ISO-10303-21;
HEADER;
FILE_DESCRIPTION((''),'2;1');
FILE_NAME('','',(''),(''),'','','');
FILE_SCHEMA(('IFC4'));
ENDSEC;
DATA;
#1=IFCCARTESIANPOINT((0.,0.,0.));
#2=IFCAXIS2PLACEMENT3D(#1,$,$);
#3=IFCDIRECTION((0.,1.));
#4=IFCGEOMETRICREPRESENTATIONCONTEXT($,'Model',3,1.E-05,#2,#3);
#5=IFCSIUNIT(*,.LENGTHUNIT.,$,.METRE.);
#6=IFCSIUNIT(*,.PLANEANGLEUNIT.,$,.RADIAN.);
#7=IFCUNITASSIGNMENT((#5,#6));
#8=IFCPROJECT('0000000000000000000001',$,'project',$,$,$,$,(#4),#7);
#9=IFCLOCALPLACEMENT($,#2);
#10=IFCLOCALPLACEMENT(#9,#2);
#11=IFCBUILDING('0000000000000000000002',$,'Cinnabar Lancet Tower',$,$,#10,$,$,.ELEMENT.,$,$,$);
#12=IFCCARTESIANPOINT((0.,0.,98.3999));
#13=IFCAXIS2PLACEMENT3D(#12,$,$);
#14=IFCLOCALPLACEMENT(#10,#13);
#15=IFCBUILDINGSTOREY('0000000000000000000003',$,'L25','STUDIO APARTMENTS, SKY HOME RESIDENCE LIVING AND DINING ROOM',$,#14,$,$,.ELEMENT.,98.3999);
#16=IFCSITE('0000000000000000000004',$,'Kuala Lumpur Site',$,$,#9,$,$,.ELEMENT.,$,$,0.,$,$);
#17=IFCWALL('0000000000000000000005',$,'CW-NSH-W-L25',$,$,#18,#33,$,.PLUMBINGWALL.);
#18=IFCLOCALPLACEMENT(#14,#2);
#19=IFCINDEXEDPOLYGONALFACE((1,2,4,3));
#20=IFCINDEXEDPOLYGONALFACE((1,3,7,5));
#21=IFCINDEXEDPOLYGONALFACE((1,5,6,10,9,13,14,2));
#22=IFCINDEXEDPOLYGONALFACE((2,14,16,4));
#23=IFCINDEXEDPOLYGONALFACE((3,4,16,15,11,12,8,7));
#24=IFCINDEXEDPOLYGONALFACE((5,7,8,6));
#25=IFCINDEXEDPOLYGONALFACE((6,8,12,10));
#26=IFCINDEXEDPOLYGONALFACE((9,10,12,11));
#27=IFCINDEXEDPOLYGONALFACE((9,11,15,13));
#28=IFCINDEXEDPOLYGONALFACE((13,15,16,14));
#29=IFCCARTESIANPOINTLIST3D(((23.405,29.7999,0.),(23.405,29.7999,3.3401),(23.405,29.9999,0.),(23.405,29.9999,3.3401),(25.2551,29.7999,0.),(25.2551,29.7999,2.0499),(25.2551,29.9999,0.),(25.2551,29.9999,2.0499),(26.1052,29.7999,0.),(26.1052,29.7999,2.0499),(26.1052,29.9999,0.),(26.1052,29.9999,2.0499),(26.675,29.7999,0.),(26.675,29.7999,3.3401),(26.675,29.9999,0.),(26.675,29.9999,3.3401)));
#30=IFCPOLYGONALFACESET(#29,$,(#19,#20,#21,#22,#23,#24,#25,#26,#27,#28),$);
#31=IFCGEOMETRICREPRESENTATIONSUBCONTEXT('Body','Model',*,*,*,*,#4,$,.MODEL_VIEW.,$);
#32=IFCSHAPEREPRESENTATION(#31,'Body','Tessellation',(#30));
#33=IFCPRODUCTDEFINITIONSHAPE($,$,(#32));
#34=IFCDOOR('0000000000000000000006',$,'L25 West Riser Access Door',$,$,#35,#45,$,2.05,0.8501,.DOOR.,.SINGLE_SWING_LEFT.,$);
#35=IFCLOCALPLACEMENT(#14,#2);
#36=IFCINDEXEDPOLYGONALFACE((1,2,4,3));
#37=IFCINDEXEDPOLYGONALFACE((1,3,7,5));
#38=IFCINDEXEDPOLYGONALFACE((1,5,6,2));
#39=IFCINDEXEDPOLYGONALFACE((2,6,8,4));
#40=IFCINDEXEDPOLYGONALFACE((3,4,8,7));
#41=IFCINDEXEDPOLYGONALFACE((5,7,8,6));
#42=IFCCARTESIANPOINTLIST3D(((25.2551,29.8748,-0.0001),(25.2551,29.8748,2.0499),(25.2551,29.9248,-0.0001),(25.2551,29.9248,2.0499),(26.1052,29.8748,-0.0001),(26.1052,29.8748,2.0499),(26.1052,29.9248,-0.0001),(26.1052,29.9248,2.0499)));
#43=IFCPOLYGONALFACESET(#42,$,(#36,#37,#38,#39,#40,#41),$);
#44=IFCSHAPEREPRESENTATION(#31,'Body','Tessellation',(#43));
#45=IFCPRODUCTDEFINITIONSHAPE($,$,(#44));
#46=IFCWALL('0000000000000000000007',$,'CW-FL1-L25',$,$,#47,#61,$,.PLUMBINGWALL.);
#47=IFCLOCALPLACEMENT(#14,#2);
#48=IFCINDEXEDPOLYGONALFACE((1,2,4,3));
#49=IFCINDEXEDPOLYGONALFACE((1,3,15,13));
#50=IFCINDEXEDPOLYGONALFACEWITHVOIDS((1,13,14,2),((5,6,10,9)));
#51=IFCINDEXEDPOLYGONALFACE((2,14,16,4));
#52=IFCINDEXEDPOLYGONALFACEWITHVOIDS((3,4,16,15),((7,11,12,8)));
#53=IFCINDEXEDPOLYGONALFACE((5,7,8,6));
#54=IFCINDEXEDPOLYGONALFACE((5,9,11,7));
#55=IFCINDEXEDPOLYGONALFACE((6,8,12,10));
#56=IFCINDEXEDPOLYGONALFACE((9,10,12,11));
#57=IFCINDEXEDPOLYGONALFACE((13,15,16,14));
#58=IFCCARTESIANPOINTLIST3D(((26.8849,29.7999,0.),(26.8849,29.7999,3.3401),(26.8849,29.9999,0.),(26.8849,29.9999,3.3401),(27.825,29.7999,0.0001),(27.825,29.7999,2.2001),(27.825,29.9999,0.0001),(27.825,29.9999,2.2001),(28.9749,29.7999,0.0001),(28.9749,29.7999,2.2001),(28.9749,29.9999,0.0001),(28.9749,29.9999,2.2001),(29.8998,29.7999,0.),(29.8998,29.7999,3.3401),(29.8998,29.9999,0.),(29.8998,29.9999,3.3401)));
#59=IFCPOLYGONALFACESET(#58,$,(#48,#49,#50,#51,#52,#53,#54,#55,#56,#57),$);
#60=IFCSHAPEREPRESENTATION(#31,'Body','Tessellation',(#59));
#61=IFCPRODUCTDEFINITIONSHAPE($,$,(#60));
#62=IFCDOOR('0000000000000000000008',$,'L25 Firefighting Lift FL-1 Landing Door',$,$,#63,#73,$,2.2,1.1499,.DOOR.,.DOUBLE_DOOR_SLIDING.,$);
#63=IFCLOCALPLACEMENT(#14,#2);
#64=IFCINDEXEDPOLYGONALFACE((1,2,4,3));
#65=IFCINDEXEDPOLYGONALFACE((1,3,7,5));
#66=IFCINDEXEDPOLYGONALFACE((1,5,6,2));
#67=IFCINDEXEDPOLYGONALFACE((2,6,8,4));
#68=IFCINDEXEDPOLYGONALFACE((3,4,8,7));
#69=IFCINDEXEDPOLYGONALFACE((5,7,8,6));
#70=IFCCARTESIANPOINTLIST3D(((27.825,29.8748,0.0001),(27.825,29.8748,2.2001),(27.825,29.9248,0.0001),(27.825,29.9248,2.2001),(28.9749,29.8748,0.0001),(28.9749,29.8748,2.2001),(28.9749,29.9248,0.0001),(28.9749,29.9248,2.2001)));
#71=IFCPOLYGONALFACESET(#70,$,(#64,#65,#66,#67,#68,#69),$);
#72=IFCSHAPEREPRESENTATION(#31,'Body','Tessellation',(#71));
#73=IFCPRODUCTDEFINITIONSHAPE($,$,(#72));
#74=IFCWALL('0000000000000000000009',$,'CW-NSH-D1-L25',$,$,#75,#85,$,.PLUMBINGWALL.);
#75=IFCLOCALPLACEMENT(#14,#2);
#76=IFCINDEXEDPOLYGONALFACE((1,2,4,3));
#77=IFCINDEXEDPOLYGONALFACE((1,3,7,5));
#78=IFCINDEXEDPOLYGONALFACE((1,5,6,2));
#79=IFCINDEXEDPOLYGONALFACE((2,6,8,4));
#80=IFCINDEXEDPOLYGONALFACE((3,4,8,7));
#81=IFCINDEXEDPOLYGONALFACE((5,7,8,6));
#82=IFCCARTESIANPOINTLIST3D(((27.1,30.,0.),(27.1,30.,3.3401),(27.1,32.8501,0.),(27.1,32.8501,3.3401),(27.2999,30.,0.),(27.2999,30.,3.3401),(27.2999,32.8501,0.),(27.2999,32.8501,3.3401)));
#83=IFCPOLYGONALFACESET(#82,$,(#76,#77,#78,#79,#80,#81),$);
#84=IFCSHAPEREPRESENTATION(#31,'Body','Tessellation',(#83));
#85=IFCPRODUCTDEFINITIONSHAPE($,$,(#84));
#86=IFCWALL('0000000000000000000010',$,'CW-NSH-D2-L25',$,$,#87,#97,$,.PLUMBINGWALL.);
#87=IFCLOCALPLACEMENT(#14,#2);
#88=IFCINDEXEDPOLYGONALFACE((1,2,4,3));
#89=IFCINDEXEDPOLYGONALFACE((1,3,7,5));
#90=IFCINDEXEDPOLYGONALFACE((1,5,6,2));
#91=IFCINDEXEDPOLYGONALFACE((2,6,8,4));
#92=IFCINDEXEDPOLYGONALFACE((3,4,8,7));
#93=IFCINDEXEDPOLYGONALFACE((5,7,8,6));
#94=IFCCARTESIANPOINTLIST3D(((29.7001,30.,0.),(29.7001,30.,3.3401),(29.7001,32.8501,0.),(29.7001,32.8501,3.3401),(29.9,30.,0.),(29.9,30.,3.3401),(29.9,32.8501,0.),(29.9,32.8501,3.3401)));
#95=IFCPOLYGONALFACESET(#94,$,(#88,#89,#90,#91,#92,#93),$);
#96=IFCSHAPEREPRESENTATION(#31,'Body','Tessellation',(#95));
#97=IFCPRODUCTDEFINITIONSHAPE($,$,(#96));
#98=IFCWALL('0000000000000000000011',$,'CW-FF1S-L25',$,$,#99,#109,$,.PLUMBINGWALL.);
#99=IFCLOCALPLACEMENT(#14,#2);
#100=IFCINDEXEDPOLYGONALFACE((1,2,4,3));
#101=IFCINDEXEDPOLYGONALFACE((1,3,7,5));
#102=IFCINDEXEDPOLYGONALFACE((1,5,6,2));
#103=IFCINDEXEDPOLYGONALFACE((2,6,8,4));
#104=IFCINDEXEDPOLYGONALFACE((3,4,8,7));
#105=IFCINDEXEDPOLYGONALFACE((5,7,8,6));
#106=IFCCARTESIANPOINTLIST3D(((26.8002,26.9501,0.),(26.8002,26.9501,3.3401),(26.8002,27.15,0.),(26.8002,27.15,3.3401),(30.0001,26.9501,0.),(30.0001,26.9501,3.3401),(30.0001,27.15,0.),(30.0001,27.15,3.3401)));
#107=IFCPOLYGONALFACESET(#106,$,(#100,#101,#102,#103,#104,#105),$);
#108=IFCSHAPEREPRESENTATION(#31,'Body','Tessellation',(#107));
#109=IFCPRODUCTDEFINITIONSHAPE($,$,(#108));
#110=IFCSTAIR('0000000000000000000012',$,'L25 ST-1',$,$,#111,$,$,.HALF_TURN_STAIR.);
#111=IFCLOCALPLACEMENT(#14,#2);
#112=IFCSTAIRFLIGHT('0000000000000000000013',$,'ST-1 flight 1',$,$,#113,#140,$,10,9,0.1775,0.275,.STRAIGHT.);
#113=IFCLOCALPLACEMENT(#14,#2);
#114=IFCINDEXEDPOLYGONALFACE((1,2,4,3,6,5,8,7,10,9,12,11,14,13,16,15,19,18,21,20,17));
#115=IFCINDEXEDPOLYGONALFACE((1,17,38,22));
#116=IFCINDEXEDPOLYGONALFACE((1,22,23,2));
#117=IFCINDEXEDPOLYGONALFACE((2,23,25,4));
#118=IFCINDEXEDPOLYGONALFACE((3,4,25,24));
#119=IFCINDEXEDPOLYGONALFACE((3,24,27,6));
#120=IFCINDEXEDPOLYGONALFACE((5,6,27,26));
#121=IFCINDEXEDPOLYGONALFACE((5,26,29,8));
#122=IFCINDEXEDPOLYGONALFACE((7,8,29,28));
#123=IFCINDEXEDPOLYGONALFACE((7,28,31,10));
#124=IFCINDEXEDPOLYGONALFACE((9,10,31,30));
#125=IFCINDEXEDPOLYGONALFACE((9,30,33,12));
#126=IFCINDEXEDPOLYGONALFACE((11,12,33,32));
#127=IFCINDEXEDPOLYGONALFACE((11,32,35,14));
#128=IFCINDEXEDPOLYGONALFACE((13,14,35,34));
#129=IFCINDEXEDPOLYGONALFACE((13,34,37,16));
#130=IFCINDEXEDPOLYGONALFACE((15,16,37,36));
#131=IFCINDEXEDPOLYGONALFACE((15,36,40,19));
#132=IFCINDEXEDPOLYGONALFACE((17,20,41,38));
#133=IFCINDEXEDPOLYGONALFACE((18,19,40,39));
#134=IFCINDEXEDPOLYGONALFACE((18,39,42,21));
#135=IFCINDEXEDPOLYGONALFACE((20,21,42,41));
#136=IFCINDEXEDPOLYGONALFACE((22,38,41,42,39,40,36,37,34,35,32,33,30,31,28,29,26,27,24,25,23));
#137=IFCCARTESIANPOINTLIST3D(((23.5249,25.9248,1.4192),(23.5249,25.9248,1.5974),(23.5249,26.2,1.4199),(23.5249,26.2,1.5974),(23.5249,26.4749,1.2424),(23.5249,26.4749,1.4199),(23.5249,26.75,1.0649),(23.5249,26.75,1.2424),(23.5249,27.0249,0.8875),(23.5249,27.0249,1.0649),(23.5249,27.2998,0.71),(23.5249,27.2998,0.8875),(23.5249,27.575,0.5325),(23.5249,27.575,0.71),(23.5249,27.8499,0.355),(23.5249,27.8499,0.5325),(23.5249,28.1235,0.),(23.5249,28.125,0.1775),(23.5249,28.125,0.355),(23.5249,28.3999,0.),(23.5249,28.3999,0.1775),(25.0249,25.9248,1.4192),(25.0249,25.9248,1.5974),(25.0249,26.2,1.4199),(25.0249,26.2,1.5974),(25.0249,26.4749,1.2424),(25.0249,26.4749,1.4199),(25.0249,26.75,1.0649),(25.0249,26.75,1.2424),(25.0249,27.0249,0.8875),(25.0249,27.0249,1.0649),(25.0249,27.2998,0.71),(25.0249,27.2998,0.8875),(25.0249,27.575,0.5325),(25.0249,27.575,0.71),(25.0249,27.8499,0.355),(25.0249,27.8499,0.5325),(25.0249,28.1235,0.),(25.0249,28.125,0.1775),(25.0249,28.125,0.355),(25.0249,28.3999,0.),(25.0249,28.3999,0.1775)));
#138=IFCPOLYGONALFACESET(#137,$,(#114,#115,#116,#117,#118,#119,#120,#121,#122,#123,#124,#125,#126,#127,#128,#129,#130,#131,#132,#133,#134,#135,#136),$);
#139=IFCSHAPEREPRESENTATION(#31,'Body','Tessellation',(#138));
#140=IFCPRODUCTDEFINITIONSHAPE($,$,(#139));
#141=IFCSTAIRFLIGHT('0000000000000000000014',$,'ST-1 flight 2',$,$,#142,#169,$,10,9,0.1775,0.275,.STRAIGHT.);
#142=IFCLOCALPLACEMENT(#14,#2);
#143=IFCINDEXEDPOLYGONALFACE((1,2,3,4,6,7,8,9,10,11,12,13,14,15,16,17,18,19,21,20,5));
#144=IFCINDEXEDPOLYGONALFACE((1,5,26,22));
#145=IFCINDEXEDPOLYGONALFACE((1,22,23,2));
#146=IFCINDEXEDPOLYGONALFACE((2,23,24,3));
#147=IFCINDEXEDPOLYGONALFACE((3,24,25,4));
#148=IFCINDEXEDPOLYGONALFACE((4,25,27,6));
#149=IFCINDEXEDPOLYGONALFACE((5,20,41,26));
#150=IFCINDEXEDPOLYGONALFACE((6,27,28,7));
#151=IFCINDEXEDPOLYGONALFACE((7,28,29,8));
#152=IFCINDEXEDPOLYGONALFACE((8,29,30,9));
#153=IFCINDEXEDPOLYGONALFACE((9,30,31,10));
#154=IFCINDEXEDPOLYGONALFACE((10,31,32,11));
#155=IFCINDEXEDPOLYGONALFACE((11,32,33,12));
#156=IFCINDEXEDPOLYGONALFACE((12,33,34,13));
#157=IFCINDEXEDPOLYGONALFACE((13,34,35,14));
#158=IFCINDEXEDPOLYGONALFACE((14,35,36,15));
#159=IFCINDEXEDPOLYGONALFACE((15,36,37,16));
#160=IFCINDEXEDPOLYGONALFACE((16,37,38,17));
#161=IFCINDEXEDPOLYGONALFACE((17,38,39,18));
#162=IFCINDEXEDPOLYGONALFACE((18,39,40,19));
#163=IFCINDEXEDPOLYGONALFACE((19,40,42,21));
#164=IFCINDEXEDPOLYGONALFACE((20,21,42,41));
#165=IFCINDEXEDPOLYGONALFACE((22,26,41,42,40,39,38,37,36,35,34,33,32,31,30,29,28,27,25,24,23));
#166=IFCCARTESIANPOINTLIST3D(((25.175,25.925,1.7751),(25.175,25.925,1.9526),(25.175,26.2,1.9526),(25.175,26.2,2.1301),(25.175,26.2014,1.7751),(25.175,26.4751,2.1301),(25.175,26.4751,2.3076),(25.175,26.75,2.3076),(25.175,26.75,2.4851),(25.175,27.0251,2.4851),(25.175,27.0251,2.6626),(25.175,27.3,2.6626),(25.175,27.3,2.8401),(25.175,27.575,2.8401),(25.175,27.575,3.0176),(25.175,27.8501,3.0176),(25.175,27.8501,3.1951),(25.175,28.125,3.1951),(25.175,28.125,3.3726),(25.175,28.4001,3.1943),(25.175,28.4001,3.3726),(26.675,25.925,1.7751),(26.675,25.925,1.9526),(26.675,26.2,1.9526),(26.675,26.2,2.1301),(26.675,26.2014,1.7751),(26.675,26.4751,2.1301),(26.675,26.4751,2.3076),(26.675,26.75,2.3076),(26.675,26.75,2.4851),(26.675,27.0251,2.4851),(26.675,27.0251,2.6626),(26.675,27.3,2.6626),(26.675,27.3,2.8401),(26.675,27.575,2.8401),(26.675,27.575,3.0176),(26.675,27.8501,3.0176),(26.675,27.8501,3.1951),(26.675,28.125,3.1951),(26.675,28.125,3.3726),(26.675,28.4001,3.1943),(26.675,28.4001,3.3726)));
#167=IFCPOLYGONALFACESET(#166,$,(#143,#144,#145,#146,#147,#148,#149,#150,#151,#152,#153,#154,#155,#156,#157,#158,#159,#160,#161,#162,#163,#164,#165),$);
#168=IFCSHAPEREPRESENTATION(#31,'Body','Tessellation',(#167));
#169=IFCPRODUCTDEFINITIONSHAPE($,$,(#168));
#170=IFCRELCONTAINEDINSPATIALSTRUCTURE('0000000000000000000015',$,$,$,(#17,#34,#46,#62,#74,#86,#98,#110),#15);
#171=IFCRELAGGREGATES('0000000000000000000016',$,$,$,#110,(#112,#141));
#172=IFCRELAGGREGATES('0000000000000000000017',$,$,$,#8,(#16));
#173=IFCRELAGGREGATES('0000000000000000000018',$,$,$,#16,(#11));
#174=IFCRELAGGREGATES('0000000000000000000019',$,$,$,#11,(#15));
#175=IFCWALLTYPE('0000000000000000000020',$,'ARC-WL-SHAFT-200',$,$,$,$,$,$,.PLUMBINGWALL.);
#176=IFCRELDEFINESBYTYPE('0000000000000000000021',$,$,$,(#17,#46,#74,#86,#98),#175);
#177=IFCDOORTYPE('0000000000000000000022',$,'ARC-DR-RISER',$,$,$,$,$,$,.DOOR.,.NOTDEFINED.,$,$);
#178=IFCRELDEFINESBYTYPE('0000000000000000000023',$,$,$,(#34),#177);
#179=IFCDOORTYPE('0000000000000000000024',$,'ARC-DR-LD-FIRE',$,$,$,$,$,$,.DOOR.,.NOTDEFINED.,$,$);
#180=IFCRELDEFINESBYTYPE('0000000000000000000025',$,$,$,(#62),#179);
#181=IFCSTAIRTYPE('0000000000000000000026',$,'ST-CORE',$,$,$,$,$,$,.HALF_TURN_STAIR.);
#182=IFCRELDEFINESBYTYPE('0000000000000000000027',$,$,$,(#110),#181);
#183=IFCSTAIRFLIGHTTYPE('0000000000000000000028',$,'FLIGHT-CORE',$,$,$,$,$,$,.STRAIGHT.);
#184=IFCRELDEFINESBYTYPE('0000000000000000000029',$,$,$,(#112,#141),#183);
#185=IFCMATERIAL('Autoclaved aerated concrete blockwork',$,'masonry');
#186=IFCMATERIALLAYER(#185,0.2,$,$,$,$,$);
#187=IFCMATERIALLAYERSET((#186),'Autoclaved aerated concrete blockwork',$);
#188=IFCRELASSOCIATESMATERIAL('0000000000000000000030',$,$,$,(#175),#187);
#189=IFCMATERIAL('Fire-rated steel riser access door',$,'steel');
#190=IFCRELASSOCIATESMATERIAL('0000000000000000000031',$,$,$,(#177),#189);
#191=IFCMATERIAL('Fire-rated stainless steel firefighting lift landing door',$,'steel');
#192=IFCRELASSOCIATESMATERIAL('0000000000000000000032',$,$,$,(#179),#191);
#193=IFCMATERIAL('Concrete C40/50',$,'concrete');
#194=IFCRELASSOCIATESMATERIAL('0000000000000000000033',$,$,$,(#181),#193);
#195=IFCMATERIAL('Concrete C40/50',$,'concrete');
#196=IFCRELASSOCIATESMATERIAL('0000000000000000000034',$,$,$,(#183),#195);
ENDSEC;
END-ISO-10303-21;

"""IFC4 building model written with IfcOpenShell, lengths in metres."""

from ifc_helpers import new_model, si_unit, direction, frame, frame_2d, origin, place, context, subcontext, project, spatial, polyline, rectangle, outline, extrude, material, layer, layer_set, type_object, element, fill, aggregate, save


model = new_model("IFC4")

# Units and contexts
model_context = context("Model", 3, precision=1e-05, world=origin(), true_north=direction((0.0, 1.0)))
body_context = subcontext(model_context, "Body", "Model", "MODEL_VIEW")
ifc_project = project(units=[si_unit("LENGTHUNIT", "METRE"), si_unit("PLANEANGLEUNIT", "RADIAN")], contexts=[model_context])

# Site, building, storey
site_placement = place(None, origin())
site = spatial("IfcSite", under=ifc_project, at=site_placement, Name="Kuala Lumpur Site", CompositionType="ELEMENT", RefElevation=0.0)
building_placement = place(site_placement, origin())
building = spatial("IfcBuilding", under=site, at=building_placement, Name="Cinnabar Lancet Tower", CompositionType="ELEMENT")
storey_placement = place(building_placement, frame((0.0, 0.0, 98.3999)))
storey = spatial("IfcBuildingStorey", under=building, at=storey_placement, Name="L25", Description="STUDIO APARTMENTS, SKY HOME RESIDENCE LIVING AND DINING ROOM", CompositionType="ELEMENT", Elevation=98.3999)

# Walls, openings, doors
ifc_material_1 = material(Name="Autoclaved aerated concrete blockwork", Category="masonry")
ifc_layer_1 = layer(ifc_material_1, 0.2)
ifc_layer_set_1 = layer_set([ifc_layer_1], Name="Autoclaved aerated concrete blockwork")
wall_type_1 = type_object("IfcWallType", Name="ARC-WL-SHAFT-200", PredefinedType="PLUMBINGWALL", material=ifc_layer_set_1)
wall_1_placement = place(storey_placement, frame((23.405, 29.8999, 0.0), z_axis=(0.0, 0.0, 1.0), x_axis=(1.0, 0.0, 0.0)))
wall_1 = element("IfcWall", 1, at=wall_1_placement, inside=storey, type_object=wall_type_1, Name="CW-NSH-W-L25", PredefinedType="PLUMBINGWALL", context=body_context, shape_type="SweptSolid", body=[
    extrude(rectangle(XDim=3.27, YDim=0.2, at=frame_2d((1.635, 0.0))), origin(), (0.0, 0.0, 1.0), 3.3401),
])
opening_1_placement = place(wall_1_placement, frame((1.8501, 0.0, 0.0)))
opening_1 = element("IfcOpeningElement", 2, at=opening_1_placement, cuts=wall_1, PredefinedType="OPENING", context=body_context, shape_type="SweptSolid", body=[
    extrude(rectangle(XDim=0.8501, YDim=2.05, at=frame_2d((0.425, 1.0249))), frame((0.0, 0.1099, 0.0), z_axis=(0.0, -1.0, 0.0), x_axis=(1.0, 0.0, 0.0)), (0.0, 0.0, 1.0), 0.22),
])
ifc_material_2 = material(Name="Fire-rated steel riser access door", Category="steel")
door_type_1 = type_object("IfcDoorType", Name="ARC-DR-RISER", OperationType="NOTDEFINED", PredefinedType="DOOR", material=ifc_material_2)
door_1_placement = place(opening_1_placement, origin())
door_1 = element("IfcDoor", 3, at=door_1_placement, inside=storey, type_object=door_type_1, Name="L25 West Riser Access Door", OperationType="SINGLE_SWING_LEFT", OverallHeight=2.05, OverallWidth=0.8501, PredefinedType="DOOR", context=body_context, shape_type="SweptSolid", body=[
    extrude(rectangle(XDim=0.8501, YDim=2.05, at=frame_2d((0.425, 1.0249))), frame((0.0, 0.0249, 0.0), z_axis=(0.0, -1.0, 0.0), x_axis=(1.0, 0.0, 0.0)), (0.0, 0.0, 1.0), 0.05),
])
fill(opening_1, door_1)
wall_2_placement = place(storey_placement, frame((26.885, 29.8999, 0.0), z_axis=(0.0, 0.0, 1.0), x_axis=(1.0, 0.0, 0.0)))
wall_2 = element("IfcWall", 4, at=wall_2_placement, inside=storey, type_object=wall_type_1, Name="CW-FL1-L25", PredefinedType="PLUMBINGWALL", context=body_context, shape_type="SweptSolid", body=[
    extrude(rectangle(XDim=3.0149, YDim=0.2, at=frame_2d((1.5073, 0.0))), origin(), (0.0, 0.0, 1.0), 3.3401),
])
opening_2_placement = place(wall_2_placement, frame((0.9399, 0.0, 0.0)))
opening_2 = element("IfcOpeningElement", 5, at=opening_2_placement, cuts=wall_2, PredefinedType="OPENING", context=body_context, shape_type="SweptSolid", body=[
    extrude(rectangle(XDim=1.1499, YDim=2.2, at=frame_2d((0.575, 1.1001))), frame((0.0, 0.1099, 0.0), z_axis=(0.0, -1.0, 0.0), x_axis=(1.0, 0.0, 0.0)), (0.0, 0.0, 1.0), 0.22),
])
ifc_material_3 = material(Name="Fire-rated stainless steel firefighting lift landing door", Category="steel")
door_type_2 = type_object("IfcDoorType", Name="ARC-DR-LD-FIRE", OperationType="NOTDEFINED", PredefinedType="DOOR", material=ifc_material_3)
door_2_placement = place(opening_2_placement, origin())
door_2 = element("IfcDoor", 6, at=door_2_placement, inside=storey, type_object=door_type_2, Name="L25 Firefighting Lift FL-1 Landing Door", OperationType="DOUBLE_DOOR_SLIDING", OverallHeight=2.2, OverallWidth=1.1499, PredefinedType="DOOR", context=body_context, shape_type="SweptSolid", body=[
    extrude(rectangle(XDim=1.1499, YDim=2.2, at=frame_2d((0.575, 1.1001))), frame((0.0, 0.0249, 0.0), z_axis=(0.0, -1.0, 0.0), x_axis=(1.0, 0.0, 0.0)), (0.0, 0.0, 1.0), 0.05),
])
fill(opening_2, door_2)

# Walls
for number, where, z_axis, x_axis, name in (
    (7, (27.2, 30.0, 0.0), (0.0, 0.0, 1.0), (0.0, 1.0, 0.0), "CW-NSH-D1-L25"),
    (8, (29.8, 30.0, 0.0), (0.0, 0.0, 1.0), (0.0, 1.0, 0.0), "CW-NSH-D2-L25"),
):
    element("IfcWall", number, at=place(storey_placement, frame(where, z_axis=z_axis, x_axis=x_axis)), inside=storey, type_object=wall_type_1, Name=name, PredefinedType="PLUMBINGWALL", context=body_context, shape_type="SweptSolid", body=[
        extrude(rectangle(XDim=2.8501, YDim=0.2, at=frame_2d((1.425, 0.0))), origin(), (0.0, 0.0, 1.0), 3.3401),
    ])
wall_3_placement = place(storey_placement, frame((26.8, 27.05, 0.0), z_axis=(0.0, 0.0, 1.0), x_axis=(1.0, 0.0, 0.0)))
element("IfcWall", 9, at=wall_3_placement, inside=storey, type_object=wall_type_1, Name="CW-FF1S-L25", PredefinedType="PLUMBINGWALL", context=body_context, shape_type="SweptSolid", body=[
    extrude(rectangle(XDim=3.2, YDim=0.2, at=frame_2d((1.6001, 0.0))), origin(), (0.0, 0.0, 1.0), 3.3401),
])

# Stair, stair flights
ifc_material_4 = material(Name="Concrete C40/50", Category="concrete")
stair_type = type_object("IfcStairType", Name="ST-CORE", PredefinedType="HALF_TURN_STAIR", material=ifc_material_4)
stair_placement = place(storey_placement, origin())
stair = element("IfcStair", 10, at=stair_placement, inside=storey, type_object=stair_type, Name="L25 ST-1", PredefinedType="HALF_TURN_STAIR")
ifc_material_5 = material(Name="Concrete C40/50", Category="concrete")
stair_flight_type = type_object("IfcStairFlightType", Name="FLIGHT-CORE", PredefinedType="STRAIGHT", material=ifc_material_5)
stair_flight_1_placement = place(storey_placement, frame((24.2749, 28.3999, 0.0), z_axis=(0.0, 0.0, 1.0), x_axis=(0.0, -1.0, 0.0)))
stair_flight_1 = element("IfcStairFlight", 11, at=stair_flight_1_placement, type_object=stair_flight_type, Name="ST-1 flight 1", NumberOfRisers=10, NumberOfTreads=9, PredefinedType="STRAIGHT", RiserHeight=0.1775, TreadLength=0.275, context=body_context, shape_type="SweptSolid", body=[
    extrude(outline(polyline([(0.0, 0.0), (0.0, 0.1775), (0.2749, 0.1775), (0.2749, 0.355), (0.55, 0.355), (0.55, 0.5325), (0.825, 0.5325), (0.825, 0.71), (1.1001, 0.71), (1.1001, 0.8875), (1.375, 0.8875), (1.375, 1.0649), (1.6499, 1.0649), (1.6499, 1.2424), (1.925, 1.2424), (1.925, 1.4199), (2.2, 1.4199), (2.2, 1.5974), (2.4751, 1.5974), (2.4751, 1.7749), (2.4751, 1.4192), (0.2764, 0.0), (0.0, 0.0)])), frame((0.0, 0.75, 0.0), z_axis=(0.0, -1.0, 0.0), x_axis=(1.0, 0.0, 0.0)), (0.0, 0.0, 1.0), 1.5),
])
stair_flight_2_placement = place(storey_placement, frame((25.925, 25.925, 1.7751), z_axis=(0.0, 0.0, 1.0), x_axis=(0.0, 1.0, 0.0)))
stair_flight_2 = element("IfcStairFlight", 12, at=stair_flight_2_placement, type_object=stair_flight_type, Name="ST-1 flight 2", NumberOfRisers=10, NumberOfTreads=9, PredefinedType="STRAIGHT", RiserHeight=0.1775, TreadLength=0.275, context=body_context, shape_type="SweptSolid", body=[
    extrude(outline(polyline([(0.0, 0.0), (0.0, 0.1775), (0.2749, 0.1775), (0.2749, 0.355), (0.55, 0.355), (0.55, 0.5325), (0.825, 0.5325), (0.825, 0.71), (1.1001, 0.71), (1.1001, 0.8875), (1.375, 0.8875), (1.375, 1.0649), (1.6499, 1.0649), (1.6499, 1.2424), (1.925, 1.2424), (1.925, 1.4199), (2.2, 1.4199), (2.2, 1.5974), (2.4751, 1.5974), (2.4751, 1.7749), (2.4751, 1.4192), (0.2764, 0.0), (0.0, 0.0)])), frame((0.0, 0.75, 0.0), z_axis=(0.0, -1.0, 0.0), x_axis=(1.0, 0.0, 0.0)), (0.0, 0.0, 1.0), 1.5),
])
aggregate(stair, [stair_flight_1, stair_flight_2])

save(model, "model.ifc")
